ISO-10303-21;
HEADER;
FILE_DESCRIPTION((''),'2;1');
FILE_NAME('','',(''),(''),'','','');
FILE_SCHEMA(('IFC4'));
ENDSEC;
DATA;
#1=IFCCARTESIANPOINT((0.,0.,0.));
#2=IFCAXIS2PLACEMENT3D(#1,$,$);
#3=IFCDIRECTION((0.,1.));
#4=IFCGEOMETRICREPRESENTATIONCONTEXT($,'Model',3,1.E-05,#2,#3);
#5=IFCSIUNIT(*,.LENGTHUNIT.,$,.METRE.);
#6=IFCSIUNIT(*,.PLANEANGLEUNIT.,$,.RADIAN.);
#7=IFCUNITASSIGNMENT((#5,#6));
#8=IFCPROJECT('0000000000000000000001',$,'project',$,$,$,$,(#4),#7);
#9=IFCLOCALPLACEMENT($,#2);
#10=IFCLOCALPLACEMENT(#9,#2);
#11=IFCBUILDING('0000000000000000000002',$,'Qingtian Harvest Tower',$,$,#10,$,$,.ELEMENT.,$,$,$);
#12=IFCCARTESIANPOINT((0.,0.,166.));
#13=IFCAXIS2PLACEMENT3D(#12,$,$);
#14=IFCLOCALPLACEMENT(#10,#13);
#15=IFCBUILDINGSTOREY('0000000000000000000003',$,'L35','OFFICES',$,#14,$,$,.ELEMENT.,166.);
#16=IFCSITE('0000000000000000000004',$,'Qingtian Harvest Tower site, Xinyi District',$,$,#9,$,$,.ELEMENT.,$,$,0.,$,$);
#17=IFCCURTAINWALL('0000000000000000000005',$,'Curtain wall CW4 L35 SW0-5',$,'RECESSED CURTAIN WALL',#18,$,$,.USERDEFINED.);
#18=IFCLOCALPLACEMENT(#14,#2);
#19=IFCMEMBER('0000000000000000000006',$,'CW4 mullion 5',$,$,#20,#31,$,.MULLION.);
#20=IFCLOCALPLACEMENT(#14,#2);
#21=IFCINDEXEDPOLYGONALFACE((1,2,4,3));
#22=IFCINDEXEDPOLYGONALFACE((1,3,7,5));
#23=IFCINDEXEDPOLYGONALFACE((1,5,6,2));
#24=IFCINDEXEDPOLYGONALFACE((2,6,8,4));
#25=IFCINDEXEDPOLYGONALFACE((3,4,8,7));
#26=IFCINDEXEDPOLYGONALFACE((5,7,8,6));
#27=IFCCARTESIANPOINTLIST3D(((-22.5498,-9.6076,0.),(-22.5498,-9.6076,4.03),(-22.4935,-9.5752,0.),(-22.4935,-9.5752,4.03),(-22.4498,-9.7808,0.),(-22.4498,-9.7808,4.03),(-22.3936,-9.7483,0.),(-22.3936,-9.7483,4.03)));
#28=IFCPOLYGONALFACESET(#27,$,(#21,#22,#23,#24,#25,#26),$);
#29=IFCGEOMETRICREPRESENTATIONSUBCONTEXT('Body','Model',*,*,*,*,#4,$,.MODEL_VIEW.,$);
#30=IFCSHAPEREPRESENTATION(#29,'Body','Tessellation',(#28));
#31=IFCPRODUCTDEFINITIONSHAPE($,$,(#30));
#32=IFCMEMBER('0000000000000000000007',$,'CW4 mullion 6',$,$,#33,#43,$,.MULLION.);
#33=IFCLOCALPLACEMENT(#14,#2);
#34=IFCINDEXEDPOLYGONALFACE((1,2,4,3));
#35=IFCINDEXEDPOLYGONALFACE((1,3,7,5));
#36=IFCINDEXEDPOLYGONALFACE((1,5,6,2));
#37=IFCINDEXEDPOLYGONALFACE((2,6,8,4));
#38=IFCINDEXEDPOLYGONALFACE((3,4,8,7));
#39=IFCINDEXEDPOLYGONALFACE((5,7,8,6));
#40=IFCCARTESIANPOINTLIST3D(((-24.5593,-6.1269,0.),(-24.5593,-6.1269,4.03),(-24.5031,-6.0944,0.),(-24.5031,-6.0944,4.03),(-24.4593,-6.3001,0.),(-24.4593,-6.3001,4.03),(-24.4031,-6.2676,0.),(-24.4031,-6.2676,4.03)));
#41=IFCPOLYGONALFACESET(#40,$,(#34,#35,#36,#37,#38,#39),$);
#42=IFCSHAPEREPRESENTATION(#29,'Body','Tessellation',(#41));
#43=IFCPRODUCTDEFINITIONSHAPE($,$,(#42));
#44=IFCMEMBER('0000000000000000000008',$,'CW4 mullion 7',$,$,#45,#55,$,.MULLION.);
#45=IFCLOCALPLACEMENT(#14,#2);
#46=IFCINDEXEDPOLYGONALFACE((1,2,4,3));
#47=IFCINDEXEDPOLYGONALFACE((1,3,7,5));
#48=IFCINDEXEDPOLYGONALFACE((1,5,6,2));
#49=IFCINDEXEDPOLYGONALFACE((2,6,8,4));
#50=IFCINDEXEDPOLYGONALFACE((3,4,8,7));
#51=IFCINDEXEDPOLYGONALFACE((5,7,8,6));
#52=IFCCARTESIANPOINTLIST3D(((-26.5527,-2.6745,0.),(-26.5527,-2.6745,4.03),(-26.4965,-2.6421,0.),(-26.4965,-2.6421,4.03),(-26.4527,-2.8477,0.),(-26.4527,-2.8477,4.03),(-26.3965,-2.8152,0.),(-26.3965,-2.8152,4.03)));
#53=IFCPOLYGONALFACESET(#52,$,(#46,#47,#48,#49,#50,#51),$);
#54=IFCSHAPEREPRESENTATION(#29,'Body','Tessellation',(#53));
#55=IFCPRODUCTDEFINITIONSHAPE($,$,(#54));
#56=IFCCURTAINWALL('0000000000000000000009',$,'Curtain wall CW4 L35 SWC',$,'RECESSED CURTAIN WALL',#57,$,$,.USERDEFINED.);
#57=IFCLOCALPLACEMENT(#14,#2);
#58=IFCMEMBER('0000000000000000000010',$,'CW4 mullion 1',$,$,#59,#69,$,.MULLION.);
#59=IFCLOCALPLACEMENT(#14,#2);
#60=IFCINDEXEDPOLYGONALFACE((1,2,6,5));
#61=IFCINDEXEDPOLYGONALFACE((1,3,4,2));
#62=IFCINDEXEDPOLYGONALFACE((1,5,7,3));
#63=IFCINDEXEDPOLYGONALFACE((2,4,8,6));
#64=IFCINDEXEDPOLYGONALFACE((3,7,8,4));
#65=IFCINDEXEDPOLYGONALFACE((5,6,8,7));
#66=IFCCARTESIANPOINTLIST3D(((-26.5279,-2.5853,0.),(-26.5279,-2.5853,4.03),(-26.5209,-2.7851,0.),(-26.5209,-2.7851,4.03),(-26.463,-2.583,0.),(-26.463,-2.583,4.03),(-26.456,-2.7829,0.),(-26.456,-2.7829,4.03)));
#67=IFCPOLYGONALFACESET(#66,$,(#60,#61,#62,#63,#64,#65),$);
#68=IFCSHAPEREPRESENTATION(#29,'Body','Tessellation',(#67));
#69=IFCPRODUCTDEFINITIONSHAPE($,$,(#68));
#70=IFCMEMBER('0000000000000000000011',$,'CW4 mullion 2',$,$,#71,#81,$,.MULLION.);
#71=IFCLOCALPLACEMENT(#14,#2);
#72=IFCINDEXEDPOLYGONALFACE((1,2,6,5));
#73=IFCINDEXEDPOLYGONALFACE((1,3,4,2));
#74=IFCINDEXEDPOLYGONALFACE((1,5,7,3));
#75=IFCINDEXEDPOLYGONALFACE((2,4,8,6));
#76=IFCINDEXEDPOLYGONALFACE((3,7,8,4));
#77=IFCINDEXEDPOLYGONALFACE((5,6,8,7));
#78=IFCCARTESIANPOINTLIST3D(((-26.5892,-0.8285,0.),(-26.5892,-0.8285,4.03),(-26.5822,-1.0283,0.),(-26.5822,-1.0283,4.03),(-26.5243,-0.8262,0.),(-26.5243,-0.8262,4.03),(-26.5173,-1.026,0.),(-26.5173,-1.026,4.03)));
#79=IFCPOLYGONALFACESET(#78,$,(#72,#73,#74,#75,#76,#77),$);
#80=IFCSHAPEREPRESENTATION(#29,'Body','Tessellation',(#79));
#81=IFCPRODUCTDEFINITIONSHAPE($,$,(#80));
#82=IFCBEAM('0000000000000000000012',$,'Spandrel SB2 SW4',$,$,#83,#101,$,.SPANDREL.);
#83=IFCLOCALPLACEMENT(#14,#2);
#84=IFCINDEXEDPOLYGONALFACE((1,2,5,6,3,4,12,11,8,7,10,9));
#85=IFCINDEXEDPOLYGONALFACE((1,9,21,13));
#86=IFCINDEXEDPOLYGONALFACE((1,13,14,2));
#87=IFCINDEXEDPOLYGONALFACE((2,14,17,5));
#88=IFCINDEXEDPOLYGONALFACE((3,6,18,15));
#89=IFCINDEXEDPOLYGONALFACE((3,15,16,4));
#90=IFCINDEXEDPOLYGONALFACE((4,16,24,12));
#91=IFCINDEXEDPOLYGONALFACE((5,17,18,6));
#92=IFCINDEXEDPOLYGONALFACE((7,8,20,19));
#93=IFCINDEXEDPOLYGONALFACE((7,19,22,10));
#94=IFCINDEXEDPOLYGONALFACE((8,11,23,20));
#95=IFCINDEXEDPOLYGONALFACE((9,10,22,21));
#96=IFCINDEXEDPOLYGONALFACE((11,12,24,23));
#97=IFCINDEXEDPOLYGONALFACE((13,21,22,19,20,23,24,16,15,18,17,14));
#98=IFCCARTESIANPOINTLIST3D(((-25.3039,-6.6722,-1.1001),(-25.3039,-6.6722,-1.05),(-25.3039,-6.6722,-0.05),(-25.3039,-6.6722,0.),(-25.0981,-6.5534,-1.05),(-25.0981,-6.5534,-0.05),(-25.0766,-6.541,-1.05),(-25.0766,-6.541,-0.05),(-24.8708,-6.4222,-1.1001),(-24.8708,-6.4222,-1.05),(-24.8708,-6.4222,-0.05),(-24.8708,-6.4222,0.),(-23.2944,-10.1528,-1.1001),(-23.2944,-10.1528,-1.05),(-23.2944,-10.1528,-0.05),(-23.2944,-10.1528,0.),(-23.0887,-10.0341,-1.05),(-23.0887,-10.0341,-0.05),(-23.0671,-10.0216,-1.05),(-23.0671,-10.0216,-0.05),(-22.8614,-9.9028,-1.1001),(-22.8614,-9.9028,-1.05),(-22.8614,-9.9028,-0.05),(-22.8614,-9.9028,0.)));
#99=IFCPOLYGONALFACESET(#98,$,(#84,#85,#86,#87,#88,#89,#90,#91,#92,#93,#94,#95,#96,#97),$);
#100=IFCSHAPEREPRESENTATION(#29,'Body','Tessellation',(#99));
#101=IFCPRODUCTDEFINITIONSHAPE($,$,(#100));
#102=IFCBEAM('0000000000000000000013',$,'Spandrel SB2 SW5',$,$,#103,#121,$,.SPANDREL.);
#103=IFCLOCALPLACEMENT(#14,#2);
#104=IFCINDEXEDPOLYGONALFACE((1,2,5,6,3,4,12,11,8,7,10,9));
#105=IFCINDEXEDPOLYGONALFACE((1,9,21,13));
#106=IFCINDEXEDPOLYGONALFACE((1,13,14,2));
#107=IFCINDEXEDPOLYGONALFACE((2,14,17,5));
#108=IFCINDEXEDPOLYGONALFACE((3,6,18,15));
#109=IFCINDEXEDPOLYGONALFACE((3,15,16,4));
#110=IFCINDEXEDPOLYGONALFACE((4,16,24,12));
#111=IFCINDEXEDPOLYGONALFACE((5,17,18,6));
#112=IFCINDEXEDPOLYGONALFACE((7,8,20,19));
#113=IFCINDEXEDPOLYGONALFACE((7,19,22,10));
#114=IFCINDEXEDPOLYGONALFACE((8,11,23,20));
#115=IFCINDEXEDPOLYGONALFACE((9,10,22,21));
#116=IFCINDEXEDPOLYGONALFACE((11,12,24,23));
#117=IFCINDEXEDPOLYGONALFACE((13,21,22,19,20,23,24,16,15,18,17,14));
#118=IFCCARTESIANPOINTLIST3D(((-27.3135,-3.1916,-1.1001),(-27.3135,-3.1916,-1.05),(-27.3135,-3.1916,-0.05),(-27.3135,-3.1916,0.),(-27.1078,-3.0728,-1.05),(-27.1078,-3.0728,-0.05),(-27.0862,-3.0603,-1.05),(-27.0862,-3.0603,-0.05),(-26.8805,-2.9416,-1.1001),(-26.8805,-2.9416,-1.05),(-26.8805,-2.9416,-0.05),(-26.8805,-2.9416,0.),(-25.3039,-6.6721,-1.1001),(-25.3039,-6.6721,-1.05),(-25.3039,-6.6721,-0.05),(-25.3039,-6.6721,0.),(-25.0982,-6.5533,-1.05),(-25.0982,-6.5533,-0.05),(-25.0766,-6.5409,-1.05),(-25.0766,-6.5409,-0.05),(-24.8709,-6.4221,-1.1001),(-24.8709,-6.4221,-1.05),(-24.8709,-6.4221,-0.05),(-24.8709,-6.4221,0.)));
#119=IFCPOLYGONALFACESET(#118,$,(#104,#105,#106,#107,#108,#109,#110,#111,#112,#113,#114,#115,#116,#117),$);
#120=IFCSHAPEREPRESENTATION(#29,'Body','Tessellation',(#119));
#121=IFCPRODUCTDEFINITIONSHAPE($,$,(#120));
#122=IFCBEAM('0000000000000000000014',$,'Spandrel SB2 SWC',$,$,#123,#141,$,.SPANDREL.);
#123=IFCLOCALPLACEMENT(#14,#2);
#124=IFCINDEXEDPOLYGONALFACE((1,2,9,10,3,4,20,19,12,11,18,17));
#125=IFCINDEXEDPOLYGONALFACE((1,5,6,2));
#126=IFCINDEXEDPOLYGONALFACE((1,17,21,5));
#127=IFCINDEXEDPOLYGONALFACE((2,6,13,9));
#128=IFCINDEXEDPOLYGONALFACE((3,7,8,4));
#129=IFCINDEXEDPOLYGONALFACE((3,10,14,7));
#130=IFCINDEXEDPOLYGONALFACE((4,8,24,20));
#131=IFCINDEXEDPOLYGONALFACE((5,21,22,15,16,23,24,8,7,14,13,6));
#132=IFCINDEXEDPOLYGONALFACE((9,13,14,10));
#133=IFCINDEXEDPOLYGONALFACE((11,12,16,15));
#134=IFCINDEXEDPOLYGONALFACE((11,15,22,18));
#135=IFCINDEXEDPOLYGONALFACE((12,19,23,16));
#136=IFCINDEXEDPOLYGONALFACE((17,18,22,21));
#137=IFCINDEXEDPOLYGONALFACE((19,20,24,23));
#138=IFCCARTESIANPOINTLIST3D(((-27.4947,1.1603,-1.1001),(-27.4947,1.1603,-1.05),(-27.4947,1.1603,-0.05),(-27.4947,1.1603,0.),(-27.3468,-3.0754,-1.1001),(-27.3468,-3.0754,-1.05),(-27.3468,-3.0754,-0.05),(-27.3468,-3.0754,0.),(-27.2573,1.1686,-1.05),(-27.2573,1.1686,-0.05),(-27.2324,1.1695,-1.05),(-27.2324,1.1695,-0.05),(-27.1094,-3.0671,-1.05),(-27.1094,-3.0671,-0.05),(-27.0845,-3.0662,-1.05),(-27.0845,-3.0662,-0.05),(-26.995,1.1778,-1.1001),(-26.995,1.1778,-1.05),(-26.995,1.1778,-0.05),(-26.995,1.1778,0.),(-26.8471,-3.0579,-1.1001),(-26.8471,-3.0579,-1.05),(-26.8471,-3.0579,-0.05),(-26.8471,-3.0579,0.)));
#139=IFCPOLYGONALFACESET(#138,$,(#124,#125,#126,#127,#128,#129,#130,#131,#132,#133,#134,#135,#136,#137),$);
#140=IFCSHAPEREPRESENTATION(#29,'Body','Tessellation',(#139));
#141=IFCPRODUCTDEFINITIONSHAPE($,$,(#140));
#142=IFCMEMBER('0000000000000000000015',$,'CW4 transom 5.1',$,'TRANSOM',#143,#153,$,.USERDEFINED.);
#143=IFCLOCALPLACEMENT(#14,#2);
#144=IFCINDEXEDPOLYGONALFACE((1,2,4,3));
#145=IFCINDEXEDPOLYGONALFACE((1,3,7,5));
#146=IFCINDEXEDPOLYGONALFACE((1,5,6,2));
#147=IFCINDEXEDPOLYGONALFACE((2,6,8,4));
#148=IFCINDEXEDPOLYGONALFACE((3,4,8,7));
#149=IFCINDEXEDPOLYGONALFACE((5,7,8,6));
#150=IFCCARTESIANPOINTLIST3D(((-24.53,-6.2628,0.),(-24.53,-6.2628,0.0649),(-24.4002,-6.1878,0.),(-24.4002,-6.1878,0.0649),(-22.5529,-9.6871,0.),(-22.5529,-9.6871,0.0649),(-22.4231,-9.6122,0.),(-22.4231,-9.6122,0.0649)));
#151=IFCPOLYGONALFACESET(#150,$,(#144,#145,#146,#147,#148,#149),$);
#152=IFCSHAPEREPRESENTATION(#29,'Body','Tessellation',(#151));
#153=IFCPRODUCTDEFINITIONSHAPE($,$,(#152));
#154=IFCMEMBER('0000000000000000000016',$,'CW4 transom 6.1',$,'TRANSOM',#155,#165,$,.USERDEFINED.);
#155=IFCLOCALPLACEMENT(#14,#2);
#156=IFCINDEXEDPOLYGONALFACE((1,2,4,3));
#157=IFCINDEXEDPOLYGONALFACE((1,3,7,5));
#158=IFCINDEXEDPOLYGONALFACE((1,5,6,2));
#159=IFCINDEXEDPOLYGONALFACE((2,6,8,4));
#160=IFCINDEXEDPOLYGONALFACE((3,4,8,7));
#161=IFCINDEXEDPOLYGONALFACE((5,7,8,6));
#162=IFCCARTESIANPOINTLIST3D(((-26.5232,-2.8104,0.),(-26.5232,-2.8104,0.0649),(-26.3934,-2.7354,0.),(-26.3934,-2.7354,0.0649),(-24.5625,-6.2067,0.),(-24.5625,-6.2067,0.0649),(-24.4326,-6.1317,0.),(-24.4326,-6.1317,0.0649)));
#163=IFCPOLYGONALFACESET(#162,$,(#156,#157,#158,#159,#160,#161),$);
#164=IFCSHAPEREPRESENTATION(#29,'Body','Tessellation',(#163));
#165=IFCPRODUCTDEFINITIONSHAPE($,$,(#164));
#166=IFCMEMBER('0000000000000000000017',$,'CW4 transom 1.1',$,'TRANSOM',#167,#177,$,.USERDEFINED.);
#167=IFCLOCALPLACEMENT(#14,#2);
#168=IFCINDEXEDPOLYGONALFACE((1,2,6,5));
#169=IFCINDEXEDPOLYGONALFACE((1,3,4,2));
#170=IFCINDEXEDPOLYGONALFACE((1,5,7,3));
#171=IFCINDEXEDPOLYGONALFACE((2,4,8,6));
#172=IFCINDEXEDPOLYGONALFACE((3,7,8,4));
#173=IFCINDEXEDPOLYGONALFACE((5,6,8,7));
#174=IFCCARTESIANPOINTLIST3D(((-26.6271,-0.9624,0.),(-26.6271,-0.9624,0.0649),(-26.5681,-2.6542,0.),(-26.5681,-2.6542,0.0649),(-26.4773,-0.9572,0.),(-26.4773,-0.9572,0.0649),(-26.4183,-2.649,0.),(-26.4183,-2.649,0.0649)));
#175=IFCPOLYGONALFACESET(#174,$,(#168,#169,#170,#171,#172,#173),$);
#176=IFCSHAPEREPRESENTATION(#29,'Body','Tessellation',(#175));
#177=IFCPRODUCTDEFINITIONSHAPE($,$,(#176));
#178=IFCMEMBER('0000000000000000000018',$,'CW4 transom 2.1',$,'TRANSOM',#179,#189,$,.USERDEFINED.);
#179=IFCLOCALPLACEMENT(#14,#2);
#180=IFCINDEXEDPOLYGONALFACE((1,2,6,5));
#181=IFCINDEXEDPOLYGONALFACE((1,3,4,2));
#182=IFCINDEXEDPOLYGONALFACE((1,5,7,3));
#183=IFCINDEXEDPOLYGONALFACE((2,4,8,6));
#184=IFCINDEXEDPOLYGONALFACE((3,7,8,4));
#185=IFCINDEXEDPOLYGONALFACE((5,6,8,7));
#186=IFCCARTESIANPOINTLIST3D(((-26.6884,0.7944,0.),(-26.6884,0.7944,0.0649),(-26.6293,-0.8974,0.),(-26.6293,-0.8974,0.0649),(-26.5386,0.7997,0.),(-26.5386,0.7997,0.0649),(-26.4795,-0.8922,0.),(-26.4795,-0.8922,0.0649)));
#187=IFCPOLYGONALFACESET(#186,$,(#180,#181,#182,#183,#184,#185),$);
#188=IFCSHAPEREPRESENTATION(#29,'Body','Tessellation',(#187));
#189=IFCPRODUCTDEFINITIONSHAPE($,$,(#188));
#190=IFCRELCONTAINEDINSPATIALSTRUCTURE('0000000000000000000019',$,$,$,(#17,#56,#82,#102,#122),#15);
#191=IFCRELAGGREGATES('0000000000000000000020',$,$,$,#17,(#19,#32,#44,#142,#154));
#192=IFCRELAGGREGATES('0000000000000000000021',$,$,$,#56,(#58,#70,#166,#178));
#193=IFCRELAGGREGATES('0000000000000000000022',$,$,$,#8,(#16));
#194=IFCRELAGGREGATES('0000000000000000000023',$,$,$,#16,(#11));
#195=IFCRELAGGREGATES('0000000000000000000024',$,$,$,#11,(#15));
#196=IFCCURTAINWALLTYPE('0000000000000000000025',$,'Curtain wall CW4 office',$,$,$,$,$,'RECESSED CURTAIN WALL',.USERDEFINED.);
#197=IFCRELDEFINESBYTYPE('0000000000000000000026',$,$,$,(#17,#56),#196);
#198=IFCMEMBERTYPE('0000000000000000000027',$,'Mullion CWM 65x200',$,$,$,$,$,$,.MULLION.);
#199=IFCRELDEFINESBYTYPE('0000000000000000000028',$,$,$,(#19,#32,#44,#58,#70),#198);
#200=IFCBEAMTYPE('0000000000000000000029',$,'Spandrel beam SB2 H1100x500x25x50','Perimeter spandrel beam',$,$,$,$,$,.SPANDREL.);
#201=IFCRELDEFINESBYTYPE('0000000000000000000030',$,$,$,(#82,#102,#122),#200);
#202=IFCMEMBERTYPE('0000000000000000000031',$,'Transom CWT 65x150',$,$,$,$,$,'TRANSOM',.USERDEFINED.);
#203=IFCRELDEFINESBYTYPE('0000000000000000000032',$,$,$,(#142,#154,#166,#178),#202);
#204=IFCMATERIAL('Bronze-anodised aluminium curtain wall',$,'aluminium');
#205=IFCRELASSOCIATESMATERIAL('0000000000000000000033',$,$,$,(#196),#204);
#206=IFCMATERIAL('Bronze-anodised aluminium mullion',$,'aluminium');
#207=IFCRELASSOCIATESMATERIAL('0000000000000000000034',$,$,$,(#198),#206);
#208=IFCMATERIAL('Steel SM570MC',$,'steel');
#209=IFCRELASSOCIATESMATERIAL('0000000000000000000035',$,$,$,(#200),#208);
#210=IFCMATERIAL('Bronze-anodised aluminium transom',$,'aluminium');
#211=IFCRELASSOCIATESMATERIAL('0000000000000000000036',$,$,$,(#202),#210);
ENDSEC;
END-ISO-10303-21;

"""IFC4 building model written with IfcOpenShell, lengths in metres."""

from ifc_helpers import new_model, si_unit, direction, frame, origin, origin_2d, place, context, subcontext, project, spatial, rectangle, i_section, extrude, material, material_profile, profile_set, type_object, element, aggregate, save


model = new_model("IFC4")

# Units and contexts
model_context = context("Model", 3, precision=1e-05, world=origin(), true_north=direction((0.0, 1.0)))
body_context = subcontext(model_context, "Body", "Model", "MODEL_VIEW")
ifc_project = project(units=[si_unit("LENGTHUNIT", "METRE"), si_unit("PLANEANGLEUNIT", "RADIAN")], contexts=[model_context])

# Site, building, storey
site_placement = place(None, origin())
site = spatial("IfcSite", under=ifc_project, at=site_placement, Name="Qingtian Harvest Tower site, Xinyi District", CompositionType="ELEMENT", RefElevation=0.0)
building_placement = place(site_placement, origin())
building = spatial("IfcBuilding", under=site, at=building_placement, Name="Qingtian Harvest Tower", CompositionType="ELEMENT")
storey_placement = place(building_placement, frame((0.0, 0.0, 166.0)))
storey = spatial("IfcBuildingStorey", under=building, at=storey_placement, Name="L35", Description="OFFICES", CompositionType="ELEMENT", Elevation=166.0)

# Curtain walls, members
ifc_material_1 = material(Name="Bronze-anodised aluminium curtain wall", Category="aluminium")
curtain_wall_type = type_object("IfcCurtainWallType", Name="Curtain wall CW4 office", ElementType="RECESSED CURTAIN WALL", PredefinedType="USERDEFINED", material=ifc_material_1)
curtain_wall_1_placement = place(storey_placement, origin())
curtain_wall_1 = element("IfcCurtainWall", 1, at=curtain_wall_1_placement, inside=storey, type_object=curtain_wall_type, Name="Curtain wall CW4 L35 SW0-5", ObjectType="RECESSED CURTAIN WALL", PredefinedType="USERDEFINED")
ifc_material_2 = material(Name="Bronze-anodised aluminium mullion", Category="aluminium")
ifc_material_profile_1 = material_profile(ifc_material_2, rectangle(XDim=0.0649, YDim=0.2, at=origin_2d()), Name="AL 65x200")
ifc_profile_set_1 = profile_set([ifc_material_profile_1], Name="Bronze-anodised aluminium mullion")
member_type_1 = type_object("IfcMemberType", Name="Mullion CWM 65x200", PredefinedType="MULLION", material=ifc_profile_set_1)
member_1_placement = place(storey_placement, frame((-22.4717, -9.678, 0.0), z_axis=(0.0, 0.0, 1.0), x_axis=(-0.866025, -0.5, 0.0)))
member_1 = element("IfcMember", 2, at=member_1_placement, type_object=member_type_1, Name="CW4 mullion 5", PredefinedType="MULLION", context=body_context, shape_type="SweptSolid", body=[
    extrude(rectangle(XDim=0.0649, YDim=0.2, at=origin_2d()), origin(), (0.0, 0.0, 1.0), 4.03),
])
member_2_placement = place(storey_placement, frame((-24.4812, -6.1973, 0.0), z_axis=(0.0, 0.0, 1.0), x_axis=(-0.866025, -0.5, 0.0)))
member_2 = element("IfcMember", 3, at=member_2_placement, type_object=member_type_1, Name="CW4 mullion 6", PredefinedType="MULLION", context=body_context, shape_type="SweptSolid", body=[
    extrude(rectangle(XDim=0.0649, YDim=0.2, at=origin_2d()), origin(), (0.0, 0.0, 1.0), 4.03),
])
member_3_placement = place(storey_placement, frame((-26.4746, -2.7449, 0.0), z_axis=(0.0, 0.0, 1.0), x_axis=(-0.866025, -0.5, 0.0)))
member_3 = element("IfcMember", 4, at=member_3_placement, type_object=member_type_1, Name="CW4 mullion 7", PredefinedType="MULLION", context=body_context, shape_type="SweptSolid", body=[
    extrude(rectangle(XDim=0.0649, YDim=0.2, at=origin_2d()), origin(), (0.0, 0.0, 1.0), 4.03),
])
curtain_wall_2_placement = place(storey_placement, origin())
curtain_wall_2 = element("IfcCurtainWall", 5, at=curtain_wall_2_placement, inside=storey, type_object=curtain_wall_type, Name="Curtain wall CW4 L35 SWC", ObjectType="RECESSED CURTAIN WALL", PredefinedType="USERDEFINED")
member_4_placement = place(storey_placement, frame((-26.4919, -2.6841, 0.0), z_axis=(0.0, 0.0, 1.0), x_axis=(-0.999391, -0.034899, 0.0)))
member_4 = element("IfcMember", 6, at=member_4_placement, type_object=member_type_1, Name="CW4 mullion 1", PredefinedType="MULLION", context=body_context, shape_type="SweptSolid", body=[
    extrude(rectangle(XDim=0.0649, YDim=0.2, at=origin_2d()), origin(), (0.0, 0.0, 1.0), 4.03),
])
member_5_placement = place(storey_placement, frame((-26.5532, -0.9272, 0.0), z_axis=(0.0, 0.0, 1.0), x_axis=(-0.999391, -0.034899, 0.0)))
member_5 = element("IfcMember", 7, at=member_5_placement, type_object=member_type_1, Name="CW4 mullion 2", PredefinedType="MULLION", context=body_context, shape_type="SweptSolid", body=[
    extrude(rectangle(XDim=0.0649, YDim=0.2, at=origin_2d()), origin(), (0.0, 0.0, 1.0), 4.03),
])

# Beams
ifc_material_3 = material(Name="Steel SM570MC", Category="steel")
ifc_material_profile_2 = material_profile(ifc_material_3, i_section(OverallWidth=0.5, OverallDepth=1.1001, WebThickness=0.0249, FlangeThickness=0.05, at=origin_2d()), Name="H1100x500x25x50")
ifc_profile_set_2 = profile_set([ifc_material_profile_2], Name="Steel SM570MC")
beam_type_1 = type_object("IfcBeamType", Name="Spandrel beam SB2 H1100x500x25x50", Description="Perimeter spandrel beam", PredefinedType="SPANDREL", material=ifc_profile_set_2)
for number, where, z_axis, x_axis, name in (
    (8, (-23.0779, -10.0278, -0.55), (-0.499987, 0.866033, 0.0), (-0.866033, -0.499987, 0.0), "Spandrel SB2 SW4"),
    (9, (-25.0874, -6.5471, -0.55), (-0.500013, 0.866018, 0.0), (-0.866018, -0.500013, 0.0), "Spandrel SB2 SW5"),
):
    element("IfcBeam", number, at=place(storey_placement, frame(where, z_axis=z_axis, x_axis=x_axis)), inside=storey, type_object=beam_type_1, Name=name, PredefinedType="SPANDREL", context=body_context, shape_type="SweptSolid", body=[
        extrude(i_section(OverallWidth=0.5, OverallDepth=1.1001, WebThickness=0.0249, FlangeThickness=0.05, at=origin_2d()), origin(), (0.0, 0.0, 1.0), 4.019),
    ])
beam_1_placement = place(storey_placement, frame((-27.0969, -3.0667, -0.55), z_axis=(-0.034909, 0.999391, 0.0), x_axis=(-0.999391, -0.034909, 0.0)))
element("IfcBeam", 10, at=beam_1_placement, inside=storey, type_object=beam_type_1, Name="Spandrel SB2 SWC", PredefinedType="SPANDREL", context=body_context, shape_type="SweptSolid", body=[
    extrude(i_section(OverallWidth=0.5, OverallDepth=1.1001, WebThickness=0.0249, FlangeThickness=0.05, at=origin_2d()), origin(), (0.0, 0.0, 1.0), 4.2383),
])

# Members
ifc_material_4 = material(Name="Bronze-anodised aluminium transom", Category="aluminium")
ifc_material_profile_3 = material_profile(ifc_material_4, rectangle(XDim=0.1499, YDim=0.0649, at=origin_2d()), Name="AL 65x150")
ifc_profile_set_3 = profile_set([ifc_material_profile_3], Name="Bronze-anodised aluminium transom")
member_type_2 = type_object("IfcMemberType", Name="Transom CWT 65x150", ElementType="TRANSOM", PredefinedType="USERDEFINED", material=ifc_profile_set_3)
member_6_placement = place(storey_placement, frame((-22.488, -9.6497, 0.0325), z_axis=(-0.500004, 0.866023, 0.0), x_axis=(-0.866023, -0.500004, 0.0)))
member_6 = element("IfcMember", 11, at=member_6_placement, type_object=member_type_2, Name="CW4 transom 5.1", ObjectType="TRANSOM", PredefinedType="USERDEFINED", context=body_context, shape_type="SweptSolid", body=[
    extrude(rectangle(XDim=0.1499, YDim=0.0649, at=origin_2d()), origin(), (0.0, 0.0, 1.0), 3.9541),
])
member_7_placement = place(storey_placement, frame((-24.4976, -6.1692, 0.0325), z_axis=(-0.499976, 0.866039, 0.0), x_axis=(-0.866039, -0.499976, 0.0)))
member_7 = element("IfcMember", 12, at=member_7_placement, type_object=member_type_2, Name="CW4 transom 6.1", ObjectType="TRANSOM", PredefinedType="USERDEFINED", context=body_context, shape_type="SweptSolid", body=[
    extrude(rectangle(XDim=0.1499, YDim=0.0649, at=origin_2d()), origin(), (0.0, 0.0, 1.0), 3.9216),
])
member_8_placement = place(storey_placement, frame((-26.4932, -2.6516, 0.0325), z_axis=(-0.034899, 0.999391, 0.0), x_axis=(-0.999391, -0.034899, 0.0)))
member_8 = element("IfcMember", 13, at=member_8_placement, type_object=member_type_2, Name="CW4 transom 1.1", ObjectType="TRANSOM", PredefinedType="USERDEFINED", context=body_context, shape_type="SweptSolid", body=[
    extrude(rectangle(XDim=0.1499, YDim=0.0649, at=origin_2d()), origin(), (0.0, 0.0, 1.0), 1.6929),
])
member_9_placement = place(storey_placement, frame((-26.5544, -0.8948, 0.0325), z_axis=(-0.034899, 0.999391, 0.0), x_axis=(-0.999391, -0.034899, 0.0)))
member_9 = element("IfcMember", 14, at=member_9_placement, type_object=member_type_2, Name="CW4 transom 2.1", ObjectType="TRANSOM", PredefinedType="USERDEFINED", context=body_context, shape_type="SweptSolid", body=[
    extrude(rectangle(XDim=0.1499, YDim=0.0649, at=origin_2d()), origin(), (0.0, 0.0, 1.0), 1.6929),
])

aggregate(curtain_wall_1, [member_1, member_2, member_3, member_6, member_7])
aggregate(curtain_wall_2, [member_4, member_5, member_8, member_9])

save(model, "model.ifc")
